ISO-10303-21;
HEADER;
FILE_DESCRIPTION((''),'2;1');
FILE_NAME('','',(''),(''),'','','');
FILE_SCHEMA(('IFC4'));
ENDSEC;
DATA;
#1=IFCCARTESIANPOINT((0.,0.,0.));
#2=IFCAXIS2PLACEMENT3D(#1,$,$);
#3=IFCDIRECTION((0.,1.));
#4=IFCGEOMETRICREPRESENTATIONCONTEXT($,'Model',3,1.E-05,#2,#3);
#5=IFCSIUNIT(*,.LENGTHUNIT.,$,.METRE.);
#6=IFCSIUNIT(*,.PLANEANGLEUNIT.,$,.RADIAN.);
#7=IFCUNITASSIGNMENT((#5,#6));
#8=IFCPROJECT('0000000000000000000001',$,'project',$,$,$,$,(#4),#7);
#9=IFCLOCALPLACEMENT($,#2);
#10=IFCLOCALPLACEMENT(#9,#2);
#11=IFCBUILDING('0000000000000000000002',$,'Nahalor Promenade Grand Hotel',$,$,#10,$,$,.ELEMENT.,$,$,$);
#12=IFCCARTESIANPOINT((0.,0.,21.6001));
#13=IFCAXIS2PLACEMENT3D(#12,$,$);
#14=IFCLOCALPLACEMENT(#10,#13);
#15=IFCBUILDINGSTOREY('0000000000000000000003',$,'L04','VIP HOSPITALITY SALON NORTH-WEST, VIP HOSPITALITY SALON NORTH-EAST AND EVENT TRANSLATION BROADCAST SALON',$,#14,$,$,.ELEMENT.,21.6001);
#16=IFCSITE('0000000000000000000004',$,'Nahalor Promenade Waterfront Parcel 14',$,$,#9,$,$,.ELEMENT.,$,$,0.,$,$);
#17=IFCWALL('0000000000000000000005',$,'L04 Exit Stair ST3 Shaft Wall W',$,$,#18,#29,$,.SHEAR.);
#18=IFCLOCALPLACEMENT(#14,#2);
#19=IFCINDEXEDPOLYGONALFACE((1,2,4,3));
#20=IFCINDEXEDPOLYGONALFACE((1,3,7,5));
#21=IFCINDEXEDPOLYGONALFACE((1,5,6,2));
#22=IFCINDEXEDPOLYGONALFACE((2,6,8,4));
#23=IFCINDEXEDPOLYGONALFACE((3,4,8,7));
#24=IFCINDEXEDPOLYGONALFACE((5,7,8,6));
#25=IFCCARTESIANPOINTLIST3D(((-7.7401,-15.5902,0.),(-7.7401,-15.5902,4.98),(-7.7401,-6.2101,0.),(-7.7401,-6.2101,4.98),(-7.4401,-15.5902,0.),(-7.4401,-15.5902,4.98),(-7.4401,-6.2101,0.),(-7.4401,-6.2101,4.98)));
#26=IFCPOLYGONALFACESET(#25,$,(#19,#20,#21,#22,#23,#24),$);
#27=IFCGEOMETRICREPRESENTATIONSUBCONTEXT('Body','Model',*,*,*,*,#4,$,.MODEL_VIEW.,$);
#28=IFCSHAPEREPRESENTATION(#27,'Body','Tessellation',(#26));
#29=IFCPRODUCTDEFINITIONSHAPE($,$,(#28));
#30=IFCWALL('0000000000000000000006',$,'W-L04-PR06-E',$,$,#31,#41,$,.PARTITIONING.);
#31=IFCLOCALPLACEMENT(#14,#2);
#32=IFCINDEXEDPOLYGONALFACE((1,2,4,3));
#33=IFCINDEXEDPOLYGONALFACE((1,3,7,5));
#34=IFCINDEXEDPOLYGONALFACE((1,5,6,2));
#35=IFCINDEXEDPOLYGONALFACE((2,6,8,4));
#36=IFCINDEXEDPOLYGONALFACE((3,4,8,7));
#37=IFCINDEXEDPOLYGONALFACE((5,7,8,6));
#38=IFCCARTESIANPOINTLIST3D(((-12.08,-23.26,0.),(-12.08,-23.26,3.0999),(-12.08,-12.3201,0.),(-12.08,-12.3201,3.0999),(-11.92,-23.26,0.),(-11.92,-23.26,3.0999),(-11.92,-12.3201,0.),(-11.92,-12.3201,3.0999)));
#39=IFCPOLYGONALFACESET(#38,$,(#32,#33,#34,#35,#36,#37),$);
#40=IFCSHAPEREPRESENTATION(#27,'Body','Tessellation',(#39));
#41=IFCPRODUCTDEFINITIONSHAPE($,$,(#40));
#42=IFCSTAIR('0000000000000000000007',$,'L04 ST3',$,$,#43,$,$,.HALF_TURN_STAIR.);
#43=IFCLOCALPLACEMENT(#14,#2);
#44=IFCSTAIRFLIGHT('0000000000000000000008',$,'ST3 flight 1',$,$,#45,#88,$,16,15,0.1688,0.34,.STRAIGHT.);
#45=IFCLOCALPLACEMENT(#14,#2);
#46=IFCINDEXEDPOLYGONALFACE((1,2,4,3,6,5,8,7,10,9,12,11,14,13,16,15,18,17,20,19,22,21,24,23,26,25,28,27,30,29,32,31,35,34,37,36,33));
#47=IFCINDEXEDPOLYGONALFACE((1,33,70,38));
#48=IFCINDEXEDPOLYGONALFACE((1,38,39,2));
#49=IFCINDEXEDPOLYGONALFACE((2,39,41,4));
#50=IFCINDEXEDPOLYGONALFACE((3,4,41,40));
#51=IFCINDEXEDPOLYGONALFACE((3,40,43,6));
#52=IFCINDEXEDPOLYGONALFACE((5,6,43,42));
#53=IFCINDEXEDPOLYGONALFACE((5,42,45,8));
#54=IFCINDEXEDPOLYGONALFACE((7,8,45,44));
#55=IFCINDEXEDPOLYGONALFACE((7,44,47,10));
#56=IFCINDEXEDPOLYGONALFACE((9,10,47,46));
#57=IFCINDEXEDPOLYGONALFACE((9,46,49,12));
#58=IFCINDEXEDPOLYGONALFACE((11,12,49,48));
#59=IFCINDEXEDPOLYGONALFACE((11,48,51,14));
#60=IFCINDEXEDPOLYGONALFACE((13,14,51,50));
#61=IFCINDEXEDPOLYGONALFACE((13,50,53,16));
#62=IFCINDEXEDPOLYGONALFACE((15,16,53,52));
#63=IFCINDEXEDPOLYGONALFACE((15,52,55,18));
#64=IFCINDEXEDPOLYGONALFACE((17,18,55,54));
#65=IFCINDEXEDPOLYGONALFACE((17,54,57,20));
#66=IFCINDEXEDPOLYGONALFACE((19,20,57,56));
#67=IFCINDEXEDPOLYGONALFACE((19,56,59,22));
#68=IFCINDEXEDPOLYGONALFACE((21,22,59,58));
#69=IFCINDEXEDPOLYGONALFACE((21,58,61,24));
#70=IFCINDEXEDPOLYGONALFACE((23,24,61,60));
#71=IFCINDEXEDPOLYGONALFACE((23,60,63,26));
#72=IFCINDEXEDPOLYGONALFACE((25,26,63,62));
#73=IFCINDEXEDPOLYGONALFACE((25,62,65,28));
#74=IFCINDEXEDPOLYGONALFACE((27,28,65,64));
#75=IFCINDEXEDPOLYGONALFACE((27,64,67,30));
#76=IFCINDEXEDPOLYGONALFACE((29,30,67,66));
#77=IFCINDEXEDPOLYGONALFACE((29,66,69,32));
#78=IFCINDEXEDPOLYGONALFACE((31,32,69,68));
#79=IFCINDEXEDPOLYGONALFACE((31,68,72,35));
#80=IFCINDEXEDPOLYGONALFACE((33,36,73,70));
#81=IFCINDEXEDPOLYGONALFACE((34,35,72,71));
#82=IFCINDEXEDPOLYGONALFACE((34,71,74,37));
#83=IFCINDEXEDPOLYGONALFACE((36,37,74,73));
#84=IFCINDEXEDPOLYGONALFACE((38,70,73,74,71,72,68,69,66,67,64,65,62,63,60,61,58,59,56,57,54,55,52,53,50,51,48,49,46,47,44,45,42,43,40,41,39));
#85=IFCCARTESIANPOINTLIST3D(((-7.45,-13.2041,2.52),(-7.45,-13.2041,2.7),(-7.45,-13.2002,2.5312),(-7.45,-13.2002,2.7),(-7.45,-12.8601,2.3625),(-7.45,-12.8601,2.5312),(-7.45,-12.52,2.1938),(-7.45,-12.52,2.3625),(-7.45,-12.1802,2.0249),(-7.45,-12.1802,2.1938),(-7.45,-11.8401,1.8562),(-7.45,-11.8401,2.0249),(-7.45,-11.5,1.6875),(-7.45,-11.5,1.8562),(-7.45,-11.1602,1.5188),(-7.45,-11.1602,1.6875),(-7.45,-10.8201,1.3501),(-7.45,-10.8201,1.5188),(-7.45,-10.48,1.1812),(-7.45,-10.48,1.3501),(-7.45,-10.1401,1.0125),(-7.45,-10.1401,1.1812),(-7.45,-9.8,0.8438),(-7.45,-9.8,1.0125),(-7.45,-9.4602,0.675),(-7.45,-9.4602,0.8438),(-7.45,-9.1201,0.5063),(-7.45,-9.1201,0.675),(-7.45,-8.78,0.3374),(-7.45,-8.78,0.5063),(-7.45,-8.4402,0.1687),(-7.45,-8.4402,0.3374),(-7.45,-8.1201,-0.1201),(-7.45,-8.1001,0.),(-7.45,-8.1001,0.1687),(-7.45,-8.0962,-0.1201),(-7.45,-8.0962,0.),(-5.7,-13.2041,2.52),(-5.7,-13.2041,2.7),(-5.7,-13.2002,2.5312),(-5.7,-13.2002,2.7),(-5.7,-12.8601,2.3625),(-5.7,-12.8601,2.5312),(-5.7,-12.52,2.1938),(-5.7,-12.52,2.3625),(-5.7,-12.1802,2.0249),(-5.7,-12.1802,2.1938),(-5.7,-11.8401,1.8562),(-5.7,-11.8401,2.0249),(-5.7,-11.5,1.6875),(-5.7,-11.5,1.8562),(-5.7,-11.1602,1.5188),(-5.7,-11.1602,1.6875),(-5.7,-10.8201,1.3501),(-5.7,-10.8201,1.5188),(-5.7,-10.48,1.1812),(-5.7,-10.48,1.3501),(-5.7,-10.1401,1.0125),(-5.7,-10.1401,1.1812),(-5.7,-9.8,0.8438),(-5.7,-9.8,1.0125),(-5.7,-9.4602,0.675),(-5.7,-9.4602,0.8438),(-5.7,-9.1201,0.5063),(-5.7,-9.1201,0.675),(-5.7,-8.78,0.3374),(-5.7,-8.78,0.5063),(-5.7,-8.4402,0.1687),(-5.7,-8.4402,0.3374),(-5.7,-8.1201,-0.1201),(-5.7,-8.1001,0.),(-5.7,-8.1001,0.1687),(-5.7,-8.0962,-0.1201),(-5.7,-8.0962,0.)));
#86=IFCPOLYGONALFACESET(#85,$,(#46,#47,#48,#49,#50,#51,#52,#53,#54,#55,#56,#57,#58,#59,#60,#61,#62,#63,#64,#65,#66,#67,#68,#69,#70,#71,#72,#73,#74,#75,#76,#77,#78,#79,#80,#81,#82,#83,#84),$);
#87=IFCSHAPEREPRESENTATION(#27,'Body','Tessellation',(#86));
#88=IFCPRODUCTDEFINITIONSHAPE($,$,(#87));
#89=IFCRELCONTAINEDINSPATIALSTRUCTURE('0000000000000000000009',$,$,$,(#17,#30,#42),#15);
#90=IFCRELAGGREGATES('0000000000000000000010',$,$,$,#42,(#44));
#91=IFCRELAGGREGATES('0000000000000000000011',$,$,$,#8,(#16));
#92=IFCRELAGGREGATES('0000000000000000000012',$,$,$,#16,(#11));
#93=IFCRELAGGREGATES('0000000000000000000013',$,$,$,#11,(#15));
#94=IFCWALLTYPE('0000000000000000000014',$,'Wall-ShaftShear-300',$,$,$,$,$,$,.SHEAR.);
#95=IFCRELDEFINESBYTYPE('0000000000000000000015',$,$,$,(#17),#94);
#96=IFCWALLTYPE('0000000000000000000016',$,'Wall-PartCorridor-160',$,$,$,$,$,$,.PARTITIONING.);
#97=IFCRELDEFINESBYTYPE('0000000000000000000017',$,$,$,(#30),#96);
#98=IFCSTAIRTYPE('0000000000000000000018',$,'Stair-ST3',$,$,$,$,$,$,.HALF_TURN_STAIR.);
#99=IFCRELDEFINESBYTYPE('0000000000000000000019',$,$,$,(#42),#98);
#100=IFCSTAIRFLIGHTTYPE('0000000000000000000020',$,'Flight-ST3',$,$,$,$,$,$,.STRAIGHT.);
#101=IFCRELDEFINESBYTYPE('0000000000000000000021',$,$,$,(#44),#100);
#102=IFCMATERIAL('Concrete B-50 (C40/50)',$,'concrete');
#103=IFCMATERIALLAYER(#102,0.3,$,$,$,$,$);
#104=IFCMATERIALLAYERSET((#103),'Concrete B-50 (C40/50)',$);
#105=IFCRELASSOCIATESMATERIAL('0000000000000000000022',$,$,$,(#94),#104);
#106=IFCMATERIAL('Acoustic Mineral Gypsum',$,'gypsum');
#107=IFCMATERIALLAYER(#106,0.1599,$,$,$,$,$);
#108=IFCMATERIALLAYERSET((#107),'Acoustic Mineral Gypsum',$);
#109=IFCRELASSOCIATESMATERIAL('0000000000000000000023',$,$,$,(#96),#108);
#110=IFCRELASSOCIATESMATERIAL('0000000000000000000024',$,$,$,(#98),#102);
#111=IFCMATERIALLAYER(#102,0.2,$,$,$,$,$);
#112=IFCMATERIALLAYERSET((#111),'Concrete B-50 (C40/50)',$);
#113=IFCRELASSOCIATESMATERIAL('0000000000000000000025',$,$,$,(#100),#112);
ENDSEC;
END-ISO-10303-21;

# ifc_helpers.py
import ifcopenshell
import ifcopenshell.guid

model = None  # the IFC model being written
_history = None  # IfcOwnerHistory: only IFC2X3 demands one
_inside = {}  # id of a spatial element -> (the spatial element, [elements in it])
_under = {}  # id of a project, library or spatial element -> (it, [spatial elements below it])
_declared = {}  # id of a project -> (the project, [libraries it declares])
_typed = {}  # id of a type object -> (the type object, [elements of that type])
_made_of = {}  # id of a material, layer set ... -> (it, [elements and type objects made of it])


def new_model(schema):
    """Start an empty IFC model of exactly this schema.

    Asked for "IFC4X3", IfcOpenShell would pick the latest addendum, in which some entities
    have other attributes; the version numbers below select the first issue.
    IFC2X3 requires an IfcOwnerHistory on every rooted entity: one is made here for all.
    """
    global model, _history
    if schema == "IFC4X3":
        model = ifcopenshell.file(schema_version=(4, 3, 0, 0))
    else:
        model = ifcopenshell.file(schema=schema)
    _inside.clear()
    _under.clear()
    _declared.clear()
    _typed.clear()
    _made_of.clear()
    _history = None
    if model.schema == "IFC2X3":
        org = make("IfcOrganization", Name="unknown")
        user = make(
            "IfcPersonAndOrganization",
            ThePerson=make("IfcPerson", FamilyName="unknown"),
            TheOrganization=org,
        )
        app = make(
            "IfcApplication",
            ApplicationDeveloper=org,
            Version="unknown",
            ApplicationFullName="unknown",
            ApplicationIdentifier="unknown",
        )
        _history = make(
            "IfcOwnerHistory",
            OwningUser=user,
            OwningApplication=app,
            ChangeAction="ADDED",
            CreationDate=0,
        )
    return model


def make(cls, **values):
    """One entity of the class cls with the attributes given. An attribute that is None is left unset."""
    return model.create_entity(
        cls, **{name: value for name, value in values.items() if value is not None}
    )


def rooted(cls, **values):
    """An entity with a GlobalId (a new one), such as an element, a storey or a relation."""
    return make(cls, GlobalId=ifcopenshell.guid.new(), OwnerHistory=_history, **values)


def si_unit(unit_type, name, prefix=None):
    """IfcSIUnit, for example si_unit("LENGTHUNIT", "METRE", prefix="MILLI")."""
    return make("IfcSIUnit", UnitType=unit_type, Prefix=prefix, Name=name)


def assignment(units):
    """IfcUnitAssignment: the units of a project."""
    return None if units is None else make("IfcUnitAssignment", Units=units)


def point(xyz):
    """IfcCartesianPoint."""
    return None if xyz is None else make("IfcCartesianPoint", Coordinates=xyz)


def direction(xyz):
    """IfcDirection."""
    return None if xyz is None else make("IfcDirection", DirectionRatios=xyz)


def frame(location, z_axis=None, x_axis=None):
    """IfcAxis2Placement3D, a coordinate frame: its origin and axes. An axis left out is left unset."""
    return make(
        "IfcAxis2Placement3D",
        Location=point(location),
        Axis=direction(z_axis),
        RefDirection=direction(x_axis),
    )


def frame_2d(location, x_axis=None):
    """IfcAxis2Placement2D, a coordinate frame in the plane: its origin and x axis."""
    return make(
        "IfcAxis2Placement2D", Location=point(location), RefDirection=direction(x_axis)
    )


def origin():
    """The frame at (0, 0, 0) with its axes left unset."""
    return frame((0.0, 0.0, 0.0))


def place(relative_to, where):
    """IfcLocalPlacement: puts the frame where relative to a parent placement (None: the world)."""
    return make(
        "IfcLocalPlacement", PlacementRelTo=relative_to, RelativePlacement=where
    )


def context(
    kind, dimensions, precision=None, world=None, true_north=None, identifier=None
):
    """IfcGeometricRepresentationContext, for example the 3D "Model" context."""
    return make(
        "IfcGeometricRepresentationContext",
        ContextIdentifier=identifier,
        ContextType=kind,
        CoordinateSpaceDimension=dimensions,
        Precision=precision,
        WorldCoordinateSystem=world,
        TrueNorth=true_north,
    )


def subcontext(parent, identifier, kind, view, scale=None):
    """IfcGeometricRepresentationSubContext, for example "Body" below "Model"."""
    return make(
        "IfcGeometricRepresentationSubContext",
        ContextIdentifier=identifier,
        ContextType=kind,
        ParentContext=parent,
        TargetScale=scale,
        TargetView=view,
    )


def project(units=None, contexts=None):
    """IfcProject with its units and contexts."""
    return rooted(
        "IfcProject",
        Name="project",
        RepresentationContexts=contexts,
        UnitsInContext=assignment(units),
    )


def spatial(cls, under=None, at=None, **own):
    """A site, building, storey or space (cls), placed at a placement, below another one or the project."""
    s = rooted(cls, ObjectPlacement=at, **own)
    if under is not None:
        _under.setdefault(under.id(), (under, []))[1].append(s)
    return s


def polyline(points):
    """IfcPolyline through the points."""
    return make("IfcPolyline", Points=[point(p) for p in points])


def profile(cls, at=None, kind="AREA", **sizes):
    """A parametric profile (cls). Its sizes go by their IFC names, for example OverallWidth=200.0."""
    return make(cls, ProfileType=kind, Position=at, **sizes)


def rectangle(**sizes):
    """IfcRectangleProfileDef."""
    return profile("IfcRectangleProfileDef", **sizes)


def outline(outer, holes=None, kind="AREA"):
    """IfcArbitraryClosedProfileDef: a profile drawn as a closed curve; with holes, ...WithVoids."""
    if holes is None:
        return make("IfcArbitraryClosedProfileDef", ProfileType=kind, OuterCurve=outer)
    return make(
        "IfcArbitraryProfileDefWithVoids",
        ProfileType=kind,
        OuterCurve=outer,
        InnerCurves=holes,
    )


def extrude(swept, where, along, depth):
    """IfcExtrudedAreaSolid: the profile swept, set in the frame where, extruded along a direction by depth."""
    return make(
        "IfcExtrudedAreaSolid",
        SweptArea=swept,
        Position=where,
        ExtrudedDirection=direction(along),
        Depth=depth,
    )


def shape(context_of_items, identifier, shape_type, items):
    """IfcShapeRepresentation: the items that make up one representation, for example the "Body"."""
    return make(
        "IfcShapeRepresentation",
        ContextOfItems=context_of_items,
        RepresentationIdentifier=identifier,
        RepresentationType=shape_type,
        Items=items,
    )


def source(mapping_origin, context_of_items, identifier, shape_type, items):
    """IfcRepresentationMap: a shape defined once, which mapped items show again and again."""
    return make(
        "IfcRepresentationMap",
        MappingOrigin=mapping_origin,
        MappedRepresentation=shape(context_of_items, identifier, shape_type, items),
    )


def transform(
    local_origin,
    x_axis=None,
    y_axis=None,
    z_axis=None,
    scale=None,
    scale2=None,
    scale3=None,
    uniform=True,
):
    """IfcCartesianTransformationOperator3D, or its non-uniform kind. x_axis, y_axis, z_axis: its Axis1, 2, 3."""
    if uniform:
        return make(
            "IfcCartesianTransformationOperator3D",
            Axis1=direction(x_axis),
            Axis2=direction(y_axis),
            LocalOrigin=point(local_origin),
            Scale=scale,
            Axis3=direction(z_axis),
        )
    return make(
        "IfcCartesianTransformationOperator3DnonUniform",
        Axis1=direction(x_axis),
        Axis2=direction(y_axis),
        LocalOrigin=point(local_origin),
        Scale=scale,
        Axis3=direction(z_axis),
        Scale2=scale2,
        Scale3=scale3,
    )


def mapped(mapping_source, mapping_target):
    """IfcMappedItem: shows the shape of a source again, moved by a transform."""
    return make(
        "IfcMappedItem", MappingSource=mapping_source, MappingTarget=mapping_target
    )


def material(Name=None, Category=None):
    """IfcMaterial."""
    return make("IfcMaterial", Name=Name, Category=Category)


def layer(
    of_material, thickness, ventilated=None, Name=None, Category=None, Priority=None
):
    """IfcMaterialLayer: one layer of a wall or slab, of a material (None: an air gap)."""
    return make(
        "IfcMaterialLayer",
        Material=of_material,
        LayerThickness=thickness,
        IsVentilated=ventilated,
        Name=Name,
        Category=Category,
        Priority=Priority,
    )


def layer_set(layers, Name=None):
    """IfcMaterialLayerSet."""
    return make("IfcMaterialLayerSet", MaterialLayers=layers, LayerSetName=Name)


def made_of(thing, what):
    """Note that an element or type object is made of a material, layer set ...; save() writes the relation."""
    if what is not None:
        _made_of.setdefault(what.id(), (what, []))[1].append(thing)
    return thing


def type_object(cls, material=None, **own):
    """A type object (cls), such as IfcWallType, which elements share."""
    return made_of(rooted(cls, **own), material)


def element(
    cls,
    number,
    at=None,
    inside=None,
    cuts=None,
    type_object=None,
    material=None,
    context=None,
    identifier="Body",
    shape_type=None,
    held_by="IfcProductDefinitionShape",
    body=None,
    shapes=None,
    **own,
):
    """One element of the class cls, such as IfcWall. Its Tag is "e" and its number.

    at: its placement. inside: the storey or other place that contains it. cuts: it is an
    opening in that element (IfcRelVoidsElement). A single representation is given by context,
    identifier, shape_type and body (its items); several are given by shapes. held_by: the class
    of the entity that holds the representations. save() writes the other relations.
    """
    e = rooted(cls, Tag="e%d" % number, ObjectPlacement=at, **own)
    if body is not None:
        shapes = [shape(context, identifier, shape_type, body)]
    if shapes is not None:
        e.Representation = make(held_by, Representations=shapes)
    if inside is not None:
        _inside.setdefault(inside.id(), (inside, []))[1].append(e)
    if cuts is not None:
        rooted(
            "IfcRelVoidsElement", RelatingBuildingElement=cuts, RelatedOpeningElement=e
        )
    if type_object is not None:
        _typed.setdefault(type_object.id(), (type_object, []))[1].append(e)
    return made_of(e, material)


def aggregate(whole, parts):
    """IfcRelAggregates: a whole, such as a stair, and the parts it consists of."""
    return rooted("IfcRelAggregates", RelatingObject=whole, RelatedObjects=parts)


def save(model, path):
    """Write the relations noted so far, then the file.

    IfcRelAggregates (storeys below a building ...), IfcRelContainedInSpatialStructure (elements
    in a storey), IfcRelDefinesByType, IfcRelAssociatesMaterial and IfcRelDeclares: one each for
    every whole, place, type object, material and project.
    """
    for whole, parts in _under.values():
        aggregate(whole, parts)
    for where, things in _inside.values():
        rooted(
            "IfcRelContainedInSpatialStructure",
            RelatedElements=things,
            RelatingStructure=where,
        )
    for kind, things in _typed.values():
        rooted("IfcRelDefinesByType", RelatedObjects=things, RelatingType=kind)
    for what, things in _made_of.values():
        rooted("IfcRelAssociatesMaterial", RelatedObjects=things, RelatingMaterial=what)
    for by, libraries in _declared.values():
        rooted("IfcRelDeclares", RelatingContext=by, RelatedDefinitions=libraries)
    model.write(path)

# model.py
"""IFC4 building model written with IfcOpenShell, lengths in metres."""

from ifc_helpers import new_model, si_unit, direction, frame, frame_2d, origin, place, context, subcontext, project, spatial, polyline, rectangle, outline, extrude, source, transform, mapped, material, layer, layer_set, type_object, element, aggregate, save


model = new_model("IFC4")

# Units and contexts
model_context = context("Model", 3, precision=1e-05, world=origin(), true_north=direction((0.0, 1.0)))
body_context = subcontext(model_context, "Body", "Model", "MODEL_VIEW")
ifc_project = project(units=[si_unit("LENGTHUNIT", "METRE"), si_unit("PLANEANGLEUNIT", "RADIAN")], contexts=[model_context])

# Site, building, storey
site_placement = place(None, origin())
site = spatial("IfcSite", under=ifc_project, at=site_placement, Name="Nahalor Promenade Waterfront Parcel 14", CompositionType="ELEMENT", RefElevation=0.0)
building_placement = place(site_placement, origin())
building = spatial("IfcBuilding", under=site, at=building_placement, Name="Nahalor Promenade Grand Hotel", CompositionType="ELEMENT")
storey_placement = place(building_placement, frame((0.0, 0.0, 21.6001)))
storey = spatial("IfcBuildingStorey", under=building, at=storey_placement, Name="L04", Description="VIP HOSPITALITY SALON NORTH-WEST, VIP HOSPITALITY SALON NORTH-EAST AND EVENT TRANSLATION BROADCAST SALON", CompositionType="ELEMENT", Elevation=21.6001)

# Shared definitions
ifc_material_1 = material(Name="Concrete B-50 (C40/50)", Category="concrete")
ifc_layer_1 = layer(ifc_material_1, 0.3)
ifc_layer_set_1 = layer_set([ifc_layer_1], Name="Concrete B-50 (C40/50)")
wall_type_1 = type_object("IfcWallType", Name="Wall-ShaftShear-300", PredefinedType="SHEAR", material=ifc_layer_set_1)

# Walls
shared_shape_1 = source(origin(), body_context, "Body", "SweptSolid", [
    extrude(rectangle(XDim=9.3801, YDim=0.3, at=frame_2d((4.6899, 0.0))), origin(), (0.0, 0.0, 1.0), 4.98),
])
wall_1_placement = place(storey_placement, frame((-7.5901, -15.5901, 0.0), z_axis=(0.0, 0.0, 1.0), x_axis=(0.0, 1.0, 0.0)))
element("IfcWall", 1, at=wall_1_placement, inside=storey, type_object=wall_type_1, Name="L04 Exit Stair ST3 Shaft Wall W", PredefinedType="SHEAR", context=body_context, shape_type="MappedRepresentation", body=[
    mapped(shared_shape_1, transform((0.0, 0.0, 0.0), scale=1.0)),
])
ifc_material_2 = material(Name="Acoustic Mineral Gypsum", Category="gypsum")
ifc_layer_2 = layer(ifc_material_2, 0.1599)
ifc_layer_set_2 = layer_set([ifc_layer_2], Name="Acoustic Mineral Gypsum")
wall_type_2 = type_object("IfcWallType", Name="Wall-PartCorridor-160", PredefinedType="PARTITIONING", material=ifc_layer_set_2)
shared_shape_2 = source(origin(), body_context, "Body", "SweptSolid", [
    extrude(rectangle(XDim=10.9399, YDim=0.1599, at=frame_2d((5.47, 0.0))), origin(), (0.0, 0.0, 1.0), 3.0999),
])
wall_2_placement = place(storey_placement, frame((-12.0, -23.26, 0.0), z_axis=(0.0, 0.0, 1.0), x_axis=(0.0, 1.0, 0.0)))
element("IfcWall", 2, at=wall_2_placement, inside=storey, type_object=wall_type_2, Name="W-L04-PR06-E", PredefinedType="PARTITIONING", context=body_context, shape_type="MappedRepresentation", body=[
    mapped(shared_shape_2, transform((0.0, 0.0, 0.0), scale=1.0)),
])

# Stair, stair flight
stair_type = type_object("IfcStairType", Name="Stair-ST3", PredefinedType="HALF_TURN_STAIR", material=ifc_material_1)
stair_placement = place(storey_placement, origin())
stair = element("IfcStair", 3, at=stair_placement, inside=storey, type_object=stair_type, Name="L04 ST3", PredefinedType="HALF_TURN_STAIR")
ifc_layer_3 = layer(ifc_material_1, 0.2)
ifc_layer_set_3 = layer_set([ifc_layer_3], Name="Concrete B-50 (C40/50)")
stair_flight_type = type_object("IfcStairFlightType", Name="Flight-ST3", PredefinedType="STRAIGHT", material=ifc_layer_set_3)
shared_shape_3 = source(origin(), body_context, "Body", "SweptSolid", [
    extrude(outline(polyline([(-0.0039, -0.1201), (-0.0039, 0.0), (0.0, 0.0), (0.0, 0.1687), (0.3401, 0.1687), (0.3401, 0.3374), (0.6799, 0.3374), (0.6799, 0.5063), (1.02, 0.5063), (1.02, 0.675), (1.3601, 0.675), (1.3601, 0.8438), (1.7, 0.8438), (1.7, 1.0125), (2.04, 1.0125), (2.04, 1.1812), (2.3799, 1.1812), (2.3799, 1.3501), (2.72, 1.3501), (2.72, 1.5188), (3.0601, 1.5188), (3.0601, 1.6875), (3.3999, 1.6875), (3.3999, 1.8562), (3.74, 1.8562), (3.74, 2.0249), (4.0801, 2.0249), (4.0801, 2.1938), (4.4199, 2.1938), (4.4199, 2.3625), (4.76, 2.3625), (4.76, 2.5312), (5.1001, 2.5312), (5.1001, 2.7), (5.104, 2.7), (5.104, 2.52), (0.02, -0.1201), (-0.0039, -0.1201)])), frame((0.0, 0.875, 0.0), z_axis=(0.0, -1.0, 0.0), x_axis=(1.0, 0.0, 0.0)), (0.0, 0.0, 1.0), 1.75),
])
stair_flight_placement = place(storey_placement, frame((-6.575, -8.1001, 0.0), z_axis=(0.0, 0.0, 1.0), x_axis=(0.0, -1.0, 0.0)))
stair_flight = element("IfcStairFlight", 4, at=stair_flight_placement, type_object=stair_flight_type, Name="ST3 flight 1", NumberOfRisers=16, NumberOfTreads=15, PredefinedType="STRAIGHT", RiserHeight=0.1688, TreadLength=0.34, context=body_context, shape_type="MappedRepresentation", body=[
    mapped(shared_shape_3, transform((0.0, 0.0, 0.0), scale=1.0)),
])
aggregate(stair, [stair_flight])

save(model, "model.ifc")
